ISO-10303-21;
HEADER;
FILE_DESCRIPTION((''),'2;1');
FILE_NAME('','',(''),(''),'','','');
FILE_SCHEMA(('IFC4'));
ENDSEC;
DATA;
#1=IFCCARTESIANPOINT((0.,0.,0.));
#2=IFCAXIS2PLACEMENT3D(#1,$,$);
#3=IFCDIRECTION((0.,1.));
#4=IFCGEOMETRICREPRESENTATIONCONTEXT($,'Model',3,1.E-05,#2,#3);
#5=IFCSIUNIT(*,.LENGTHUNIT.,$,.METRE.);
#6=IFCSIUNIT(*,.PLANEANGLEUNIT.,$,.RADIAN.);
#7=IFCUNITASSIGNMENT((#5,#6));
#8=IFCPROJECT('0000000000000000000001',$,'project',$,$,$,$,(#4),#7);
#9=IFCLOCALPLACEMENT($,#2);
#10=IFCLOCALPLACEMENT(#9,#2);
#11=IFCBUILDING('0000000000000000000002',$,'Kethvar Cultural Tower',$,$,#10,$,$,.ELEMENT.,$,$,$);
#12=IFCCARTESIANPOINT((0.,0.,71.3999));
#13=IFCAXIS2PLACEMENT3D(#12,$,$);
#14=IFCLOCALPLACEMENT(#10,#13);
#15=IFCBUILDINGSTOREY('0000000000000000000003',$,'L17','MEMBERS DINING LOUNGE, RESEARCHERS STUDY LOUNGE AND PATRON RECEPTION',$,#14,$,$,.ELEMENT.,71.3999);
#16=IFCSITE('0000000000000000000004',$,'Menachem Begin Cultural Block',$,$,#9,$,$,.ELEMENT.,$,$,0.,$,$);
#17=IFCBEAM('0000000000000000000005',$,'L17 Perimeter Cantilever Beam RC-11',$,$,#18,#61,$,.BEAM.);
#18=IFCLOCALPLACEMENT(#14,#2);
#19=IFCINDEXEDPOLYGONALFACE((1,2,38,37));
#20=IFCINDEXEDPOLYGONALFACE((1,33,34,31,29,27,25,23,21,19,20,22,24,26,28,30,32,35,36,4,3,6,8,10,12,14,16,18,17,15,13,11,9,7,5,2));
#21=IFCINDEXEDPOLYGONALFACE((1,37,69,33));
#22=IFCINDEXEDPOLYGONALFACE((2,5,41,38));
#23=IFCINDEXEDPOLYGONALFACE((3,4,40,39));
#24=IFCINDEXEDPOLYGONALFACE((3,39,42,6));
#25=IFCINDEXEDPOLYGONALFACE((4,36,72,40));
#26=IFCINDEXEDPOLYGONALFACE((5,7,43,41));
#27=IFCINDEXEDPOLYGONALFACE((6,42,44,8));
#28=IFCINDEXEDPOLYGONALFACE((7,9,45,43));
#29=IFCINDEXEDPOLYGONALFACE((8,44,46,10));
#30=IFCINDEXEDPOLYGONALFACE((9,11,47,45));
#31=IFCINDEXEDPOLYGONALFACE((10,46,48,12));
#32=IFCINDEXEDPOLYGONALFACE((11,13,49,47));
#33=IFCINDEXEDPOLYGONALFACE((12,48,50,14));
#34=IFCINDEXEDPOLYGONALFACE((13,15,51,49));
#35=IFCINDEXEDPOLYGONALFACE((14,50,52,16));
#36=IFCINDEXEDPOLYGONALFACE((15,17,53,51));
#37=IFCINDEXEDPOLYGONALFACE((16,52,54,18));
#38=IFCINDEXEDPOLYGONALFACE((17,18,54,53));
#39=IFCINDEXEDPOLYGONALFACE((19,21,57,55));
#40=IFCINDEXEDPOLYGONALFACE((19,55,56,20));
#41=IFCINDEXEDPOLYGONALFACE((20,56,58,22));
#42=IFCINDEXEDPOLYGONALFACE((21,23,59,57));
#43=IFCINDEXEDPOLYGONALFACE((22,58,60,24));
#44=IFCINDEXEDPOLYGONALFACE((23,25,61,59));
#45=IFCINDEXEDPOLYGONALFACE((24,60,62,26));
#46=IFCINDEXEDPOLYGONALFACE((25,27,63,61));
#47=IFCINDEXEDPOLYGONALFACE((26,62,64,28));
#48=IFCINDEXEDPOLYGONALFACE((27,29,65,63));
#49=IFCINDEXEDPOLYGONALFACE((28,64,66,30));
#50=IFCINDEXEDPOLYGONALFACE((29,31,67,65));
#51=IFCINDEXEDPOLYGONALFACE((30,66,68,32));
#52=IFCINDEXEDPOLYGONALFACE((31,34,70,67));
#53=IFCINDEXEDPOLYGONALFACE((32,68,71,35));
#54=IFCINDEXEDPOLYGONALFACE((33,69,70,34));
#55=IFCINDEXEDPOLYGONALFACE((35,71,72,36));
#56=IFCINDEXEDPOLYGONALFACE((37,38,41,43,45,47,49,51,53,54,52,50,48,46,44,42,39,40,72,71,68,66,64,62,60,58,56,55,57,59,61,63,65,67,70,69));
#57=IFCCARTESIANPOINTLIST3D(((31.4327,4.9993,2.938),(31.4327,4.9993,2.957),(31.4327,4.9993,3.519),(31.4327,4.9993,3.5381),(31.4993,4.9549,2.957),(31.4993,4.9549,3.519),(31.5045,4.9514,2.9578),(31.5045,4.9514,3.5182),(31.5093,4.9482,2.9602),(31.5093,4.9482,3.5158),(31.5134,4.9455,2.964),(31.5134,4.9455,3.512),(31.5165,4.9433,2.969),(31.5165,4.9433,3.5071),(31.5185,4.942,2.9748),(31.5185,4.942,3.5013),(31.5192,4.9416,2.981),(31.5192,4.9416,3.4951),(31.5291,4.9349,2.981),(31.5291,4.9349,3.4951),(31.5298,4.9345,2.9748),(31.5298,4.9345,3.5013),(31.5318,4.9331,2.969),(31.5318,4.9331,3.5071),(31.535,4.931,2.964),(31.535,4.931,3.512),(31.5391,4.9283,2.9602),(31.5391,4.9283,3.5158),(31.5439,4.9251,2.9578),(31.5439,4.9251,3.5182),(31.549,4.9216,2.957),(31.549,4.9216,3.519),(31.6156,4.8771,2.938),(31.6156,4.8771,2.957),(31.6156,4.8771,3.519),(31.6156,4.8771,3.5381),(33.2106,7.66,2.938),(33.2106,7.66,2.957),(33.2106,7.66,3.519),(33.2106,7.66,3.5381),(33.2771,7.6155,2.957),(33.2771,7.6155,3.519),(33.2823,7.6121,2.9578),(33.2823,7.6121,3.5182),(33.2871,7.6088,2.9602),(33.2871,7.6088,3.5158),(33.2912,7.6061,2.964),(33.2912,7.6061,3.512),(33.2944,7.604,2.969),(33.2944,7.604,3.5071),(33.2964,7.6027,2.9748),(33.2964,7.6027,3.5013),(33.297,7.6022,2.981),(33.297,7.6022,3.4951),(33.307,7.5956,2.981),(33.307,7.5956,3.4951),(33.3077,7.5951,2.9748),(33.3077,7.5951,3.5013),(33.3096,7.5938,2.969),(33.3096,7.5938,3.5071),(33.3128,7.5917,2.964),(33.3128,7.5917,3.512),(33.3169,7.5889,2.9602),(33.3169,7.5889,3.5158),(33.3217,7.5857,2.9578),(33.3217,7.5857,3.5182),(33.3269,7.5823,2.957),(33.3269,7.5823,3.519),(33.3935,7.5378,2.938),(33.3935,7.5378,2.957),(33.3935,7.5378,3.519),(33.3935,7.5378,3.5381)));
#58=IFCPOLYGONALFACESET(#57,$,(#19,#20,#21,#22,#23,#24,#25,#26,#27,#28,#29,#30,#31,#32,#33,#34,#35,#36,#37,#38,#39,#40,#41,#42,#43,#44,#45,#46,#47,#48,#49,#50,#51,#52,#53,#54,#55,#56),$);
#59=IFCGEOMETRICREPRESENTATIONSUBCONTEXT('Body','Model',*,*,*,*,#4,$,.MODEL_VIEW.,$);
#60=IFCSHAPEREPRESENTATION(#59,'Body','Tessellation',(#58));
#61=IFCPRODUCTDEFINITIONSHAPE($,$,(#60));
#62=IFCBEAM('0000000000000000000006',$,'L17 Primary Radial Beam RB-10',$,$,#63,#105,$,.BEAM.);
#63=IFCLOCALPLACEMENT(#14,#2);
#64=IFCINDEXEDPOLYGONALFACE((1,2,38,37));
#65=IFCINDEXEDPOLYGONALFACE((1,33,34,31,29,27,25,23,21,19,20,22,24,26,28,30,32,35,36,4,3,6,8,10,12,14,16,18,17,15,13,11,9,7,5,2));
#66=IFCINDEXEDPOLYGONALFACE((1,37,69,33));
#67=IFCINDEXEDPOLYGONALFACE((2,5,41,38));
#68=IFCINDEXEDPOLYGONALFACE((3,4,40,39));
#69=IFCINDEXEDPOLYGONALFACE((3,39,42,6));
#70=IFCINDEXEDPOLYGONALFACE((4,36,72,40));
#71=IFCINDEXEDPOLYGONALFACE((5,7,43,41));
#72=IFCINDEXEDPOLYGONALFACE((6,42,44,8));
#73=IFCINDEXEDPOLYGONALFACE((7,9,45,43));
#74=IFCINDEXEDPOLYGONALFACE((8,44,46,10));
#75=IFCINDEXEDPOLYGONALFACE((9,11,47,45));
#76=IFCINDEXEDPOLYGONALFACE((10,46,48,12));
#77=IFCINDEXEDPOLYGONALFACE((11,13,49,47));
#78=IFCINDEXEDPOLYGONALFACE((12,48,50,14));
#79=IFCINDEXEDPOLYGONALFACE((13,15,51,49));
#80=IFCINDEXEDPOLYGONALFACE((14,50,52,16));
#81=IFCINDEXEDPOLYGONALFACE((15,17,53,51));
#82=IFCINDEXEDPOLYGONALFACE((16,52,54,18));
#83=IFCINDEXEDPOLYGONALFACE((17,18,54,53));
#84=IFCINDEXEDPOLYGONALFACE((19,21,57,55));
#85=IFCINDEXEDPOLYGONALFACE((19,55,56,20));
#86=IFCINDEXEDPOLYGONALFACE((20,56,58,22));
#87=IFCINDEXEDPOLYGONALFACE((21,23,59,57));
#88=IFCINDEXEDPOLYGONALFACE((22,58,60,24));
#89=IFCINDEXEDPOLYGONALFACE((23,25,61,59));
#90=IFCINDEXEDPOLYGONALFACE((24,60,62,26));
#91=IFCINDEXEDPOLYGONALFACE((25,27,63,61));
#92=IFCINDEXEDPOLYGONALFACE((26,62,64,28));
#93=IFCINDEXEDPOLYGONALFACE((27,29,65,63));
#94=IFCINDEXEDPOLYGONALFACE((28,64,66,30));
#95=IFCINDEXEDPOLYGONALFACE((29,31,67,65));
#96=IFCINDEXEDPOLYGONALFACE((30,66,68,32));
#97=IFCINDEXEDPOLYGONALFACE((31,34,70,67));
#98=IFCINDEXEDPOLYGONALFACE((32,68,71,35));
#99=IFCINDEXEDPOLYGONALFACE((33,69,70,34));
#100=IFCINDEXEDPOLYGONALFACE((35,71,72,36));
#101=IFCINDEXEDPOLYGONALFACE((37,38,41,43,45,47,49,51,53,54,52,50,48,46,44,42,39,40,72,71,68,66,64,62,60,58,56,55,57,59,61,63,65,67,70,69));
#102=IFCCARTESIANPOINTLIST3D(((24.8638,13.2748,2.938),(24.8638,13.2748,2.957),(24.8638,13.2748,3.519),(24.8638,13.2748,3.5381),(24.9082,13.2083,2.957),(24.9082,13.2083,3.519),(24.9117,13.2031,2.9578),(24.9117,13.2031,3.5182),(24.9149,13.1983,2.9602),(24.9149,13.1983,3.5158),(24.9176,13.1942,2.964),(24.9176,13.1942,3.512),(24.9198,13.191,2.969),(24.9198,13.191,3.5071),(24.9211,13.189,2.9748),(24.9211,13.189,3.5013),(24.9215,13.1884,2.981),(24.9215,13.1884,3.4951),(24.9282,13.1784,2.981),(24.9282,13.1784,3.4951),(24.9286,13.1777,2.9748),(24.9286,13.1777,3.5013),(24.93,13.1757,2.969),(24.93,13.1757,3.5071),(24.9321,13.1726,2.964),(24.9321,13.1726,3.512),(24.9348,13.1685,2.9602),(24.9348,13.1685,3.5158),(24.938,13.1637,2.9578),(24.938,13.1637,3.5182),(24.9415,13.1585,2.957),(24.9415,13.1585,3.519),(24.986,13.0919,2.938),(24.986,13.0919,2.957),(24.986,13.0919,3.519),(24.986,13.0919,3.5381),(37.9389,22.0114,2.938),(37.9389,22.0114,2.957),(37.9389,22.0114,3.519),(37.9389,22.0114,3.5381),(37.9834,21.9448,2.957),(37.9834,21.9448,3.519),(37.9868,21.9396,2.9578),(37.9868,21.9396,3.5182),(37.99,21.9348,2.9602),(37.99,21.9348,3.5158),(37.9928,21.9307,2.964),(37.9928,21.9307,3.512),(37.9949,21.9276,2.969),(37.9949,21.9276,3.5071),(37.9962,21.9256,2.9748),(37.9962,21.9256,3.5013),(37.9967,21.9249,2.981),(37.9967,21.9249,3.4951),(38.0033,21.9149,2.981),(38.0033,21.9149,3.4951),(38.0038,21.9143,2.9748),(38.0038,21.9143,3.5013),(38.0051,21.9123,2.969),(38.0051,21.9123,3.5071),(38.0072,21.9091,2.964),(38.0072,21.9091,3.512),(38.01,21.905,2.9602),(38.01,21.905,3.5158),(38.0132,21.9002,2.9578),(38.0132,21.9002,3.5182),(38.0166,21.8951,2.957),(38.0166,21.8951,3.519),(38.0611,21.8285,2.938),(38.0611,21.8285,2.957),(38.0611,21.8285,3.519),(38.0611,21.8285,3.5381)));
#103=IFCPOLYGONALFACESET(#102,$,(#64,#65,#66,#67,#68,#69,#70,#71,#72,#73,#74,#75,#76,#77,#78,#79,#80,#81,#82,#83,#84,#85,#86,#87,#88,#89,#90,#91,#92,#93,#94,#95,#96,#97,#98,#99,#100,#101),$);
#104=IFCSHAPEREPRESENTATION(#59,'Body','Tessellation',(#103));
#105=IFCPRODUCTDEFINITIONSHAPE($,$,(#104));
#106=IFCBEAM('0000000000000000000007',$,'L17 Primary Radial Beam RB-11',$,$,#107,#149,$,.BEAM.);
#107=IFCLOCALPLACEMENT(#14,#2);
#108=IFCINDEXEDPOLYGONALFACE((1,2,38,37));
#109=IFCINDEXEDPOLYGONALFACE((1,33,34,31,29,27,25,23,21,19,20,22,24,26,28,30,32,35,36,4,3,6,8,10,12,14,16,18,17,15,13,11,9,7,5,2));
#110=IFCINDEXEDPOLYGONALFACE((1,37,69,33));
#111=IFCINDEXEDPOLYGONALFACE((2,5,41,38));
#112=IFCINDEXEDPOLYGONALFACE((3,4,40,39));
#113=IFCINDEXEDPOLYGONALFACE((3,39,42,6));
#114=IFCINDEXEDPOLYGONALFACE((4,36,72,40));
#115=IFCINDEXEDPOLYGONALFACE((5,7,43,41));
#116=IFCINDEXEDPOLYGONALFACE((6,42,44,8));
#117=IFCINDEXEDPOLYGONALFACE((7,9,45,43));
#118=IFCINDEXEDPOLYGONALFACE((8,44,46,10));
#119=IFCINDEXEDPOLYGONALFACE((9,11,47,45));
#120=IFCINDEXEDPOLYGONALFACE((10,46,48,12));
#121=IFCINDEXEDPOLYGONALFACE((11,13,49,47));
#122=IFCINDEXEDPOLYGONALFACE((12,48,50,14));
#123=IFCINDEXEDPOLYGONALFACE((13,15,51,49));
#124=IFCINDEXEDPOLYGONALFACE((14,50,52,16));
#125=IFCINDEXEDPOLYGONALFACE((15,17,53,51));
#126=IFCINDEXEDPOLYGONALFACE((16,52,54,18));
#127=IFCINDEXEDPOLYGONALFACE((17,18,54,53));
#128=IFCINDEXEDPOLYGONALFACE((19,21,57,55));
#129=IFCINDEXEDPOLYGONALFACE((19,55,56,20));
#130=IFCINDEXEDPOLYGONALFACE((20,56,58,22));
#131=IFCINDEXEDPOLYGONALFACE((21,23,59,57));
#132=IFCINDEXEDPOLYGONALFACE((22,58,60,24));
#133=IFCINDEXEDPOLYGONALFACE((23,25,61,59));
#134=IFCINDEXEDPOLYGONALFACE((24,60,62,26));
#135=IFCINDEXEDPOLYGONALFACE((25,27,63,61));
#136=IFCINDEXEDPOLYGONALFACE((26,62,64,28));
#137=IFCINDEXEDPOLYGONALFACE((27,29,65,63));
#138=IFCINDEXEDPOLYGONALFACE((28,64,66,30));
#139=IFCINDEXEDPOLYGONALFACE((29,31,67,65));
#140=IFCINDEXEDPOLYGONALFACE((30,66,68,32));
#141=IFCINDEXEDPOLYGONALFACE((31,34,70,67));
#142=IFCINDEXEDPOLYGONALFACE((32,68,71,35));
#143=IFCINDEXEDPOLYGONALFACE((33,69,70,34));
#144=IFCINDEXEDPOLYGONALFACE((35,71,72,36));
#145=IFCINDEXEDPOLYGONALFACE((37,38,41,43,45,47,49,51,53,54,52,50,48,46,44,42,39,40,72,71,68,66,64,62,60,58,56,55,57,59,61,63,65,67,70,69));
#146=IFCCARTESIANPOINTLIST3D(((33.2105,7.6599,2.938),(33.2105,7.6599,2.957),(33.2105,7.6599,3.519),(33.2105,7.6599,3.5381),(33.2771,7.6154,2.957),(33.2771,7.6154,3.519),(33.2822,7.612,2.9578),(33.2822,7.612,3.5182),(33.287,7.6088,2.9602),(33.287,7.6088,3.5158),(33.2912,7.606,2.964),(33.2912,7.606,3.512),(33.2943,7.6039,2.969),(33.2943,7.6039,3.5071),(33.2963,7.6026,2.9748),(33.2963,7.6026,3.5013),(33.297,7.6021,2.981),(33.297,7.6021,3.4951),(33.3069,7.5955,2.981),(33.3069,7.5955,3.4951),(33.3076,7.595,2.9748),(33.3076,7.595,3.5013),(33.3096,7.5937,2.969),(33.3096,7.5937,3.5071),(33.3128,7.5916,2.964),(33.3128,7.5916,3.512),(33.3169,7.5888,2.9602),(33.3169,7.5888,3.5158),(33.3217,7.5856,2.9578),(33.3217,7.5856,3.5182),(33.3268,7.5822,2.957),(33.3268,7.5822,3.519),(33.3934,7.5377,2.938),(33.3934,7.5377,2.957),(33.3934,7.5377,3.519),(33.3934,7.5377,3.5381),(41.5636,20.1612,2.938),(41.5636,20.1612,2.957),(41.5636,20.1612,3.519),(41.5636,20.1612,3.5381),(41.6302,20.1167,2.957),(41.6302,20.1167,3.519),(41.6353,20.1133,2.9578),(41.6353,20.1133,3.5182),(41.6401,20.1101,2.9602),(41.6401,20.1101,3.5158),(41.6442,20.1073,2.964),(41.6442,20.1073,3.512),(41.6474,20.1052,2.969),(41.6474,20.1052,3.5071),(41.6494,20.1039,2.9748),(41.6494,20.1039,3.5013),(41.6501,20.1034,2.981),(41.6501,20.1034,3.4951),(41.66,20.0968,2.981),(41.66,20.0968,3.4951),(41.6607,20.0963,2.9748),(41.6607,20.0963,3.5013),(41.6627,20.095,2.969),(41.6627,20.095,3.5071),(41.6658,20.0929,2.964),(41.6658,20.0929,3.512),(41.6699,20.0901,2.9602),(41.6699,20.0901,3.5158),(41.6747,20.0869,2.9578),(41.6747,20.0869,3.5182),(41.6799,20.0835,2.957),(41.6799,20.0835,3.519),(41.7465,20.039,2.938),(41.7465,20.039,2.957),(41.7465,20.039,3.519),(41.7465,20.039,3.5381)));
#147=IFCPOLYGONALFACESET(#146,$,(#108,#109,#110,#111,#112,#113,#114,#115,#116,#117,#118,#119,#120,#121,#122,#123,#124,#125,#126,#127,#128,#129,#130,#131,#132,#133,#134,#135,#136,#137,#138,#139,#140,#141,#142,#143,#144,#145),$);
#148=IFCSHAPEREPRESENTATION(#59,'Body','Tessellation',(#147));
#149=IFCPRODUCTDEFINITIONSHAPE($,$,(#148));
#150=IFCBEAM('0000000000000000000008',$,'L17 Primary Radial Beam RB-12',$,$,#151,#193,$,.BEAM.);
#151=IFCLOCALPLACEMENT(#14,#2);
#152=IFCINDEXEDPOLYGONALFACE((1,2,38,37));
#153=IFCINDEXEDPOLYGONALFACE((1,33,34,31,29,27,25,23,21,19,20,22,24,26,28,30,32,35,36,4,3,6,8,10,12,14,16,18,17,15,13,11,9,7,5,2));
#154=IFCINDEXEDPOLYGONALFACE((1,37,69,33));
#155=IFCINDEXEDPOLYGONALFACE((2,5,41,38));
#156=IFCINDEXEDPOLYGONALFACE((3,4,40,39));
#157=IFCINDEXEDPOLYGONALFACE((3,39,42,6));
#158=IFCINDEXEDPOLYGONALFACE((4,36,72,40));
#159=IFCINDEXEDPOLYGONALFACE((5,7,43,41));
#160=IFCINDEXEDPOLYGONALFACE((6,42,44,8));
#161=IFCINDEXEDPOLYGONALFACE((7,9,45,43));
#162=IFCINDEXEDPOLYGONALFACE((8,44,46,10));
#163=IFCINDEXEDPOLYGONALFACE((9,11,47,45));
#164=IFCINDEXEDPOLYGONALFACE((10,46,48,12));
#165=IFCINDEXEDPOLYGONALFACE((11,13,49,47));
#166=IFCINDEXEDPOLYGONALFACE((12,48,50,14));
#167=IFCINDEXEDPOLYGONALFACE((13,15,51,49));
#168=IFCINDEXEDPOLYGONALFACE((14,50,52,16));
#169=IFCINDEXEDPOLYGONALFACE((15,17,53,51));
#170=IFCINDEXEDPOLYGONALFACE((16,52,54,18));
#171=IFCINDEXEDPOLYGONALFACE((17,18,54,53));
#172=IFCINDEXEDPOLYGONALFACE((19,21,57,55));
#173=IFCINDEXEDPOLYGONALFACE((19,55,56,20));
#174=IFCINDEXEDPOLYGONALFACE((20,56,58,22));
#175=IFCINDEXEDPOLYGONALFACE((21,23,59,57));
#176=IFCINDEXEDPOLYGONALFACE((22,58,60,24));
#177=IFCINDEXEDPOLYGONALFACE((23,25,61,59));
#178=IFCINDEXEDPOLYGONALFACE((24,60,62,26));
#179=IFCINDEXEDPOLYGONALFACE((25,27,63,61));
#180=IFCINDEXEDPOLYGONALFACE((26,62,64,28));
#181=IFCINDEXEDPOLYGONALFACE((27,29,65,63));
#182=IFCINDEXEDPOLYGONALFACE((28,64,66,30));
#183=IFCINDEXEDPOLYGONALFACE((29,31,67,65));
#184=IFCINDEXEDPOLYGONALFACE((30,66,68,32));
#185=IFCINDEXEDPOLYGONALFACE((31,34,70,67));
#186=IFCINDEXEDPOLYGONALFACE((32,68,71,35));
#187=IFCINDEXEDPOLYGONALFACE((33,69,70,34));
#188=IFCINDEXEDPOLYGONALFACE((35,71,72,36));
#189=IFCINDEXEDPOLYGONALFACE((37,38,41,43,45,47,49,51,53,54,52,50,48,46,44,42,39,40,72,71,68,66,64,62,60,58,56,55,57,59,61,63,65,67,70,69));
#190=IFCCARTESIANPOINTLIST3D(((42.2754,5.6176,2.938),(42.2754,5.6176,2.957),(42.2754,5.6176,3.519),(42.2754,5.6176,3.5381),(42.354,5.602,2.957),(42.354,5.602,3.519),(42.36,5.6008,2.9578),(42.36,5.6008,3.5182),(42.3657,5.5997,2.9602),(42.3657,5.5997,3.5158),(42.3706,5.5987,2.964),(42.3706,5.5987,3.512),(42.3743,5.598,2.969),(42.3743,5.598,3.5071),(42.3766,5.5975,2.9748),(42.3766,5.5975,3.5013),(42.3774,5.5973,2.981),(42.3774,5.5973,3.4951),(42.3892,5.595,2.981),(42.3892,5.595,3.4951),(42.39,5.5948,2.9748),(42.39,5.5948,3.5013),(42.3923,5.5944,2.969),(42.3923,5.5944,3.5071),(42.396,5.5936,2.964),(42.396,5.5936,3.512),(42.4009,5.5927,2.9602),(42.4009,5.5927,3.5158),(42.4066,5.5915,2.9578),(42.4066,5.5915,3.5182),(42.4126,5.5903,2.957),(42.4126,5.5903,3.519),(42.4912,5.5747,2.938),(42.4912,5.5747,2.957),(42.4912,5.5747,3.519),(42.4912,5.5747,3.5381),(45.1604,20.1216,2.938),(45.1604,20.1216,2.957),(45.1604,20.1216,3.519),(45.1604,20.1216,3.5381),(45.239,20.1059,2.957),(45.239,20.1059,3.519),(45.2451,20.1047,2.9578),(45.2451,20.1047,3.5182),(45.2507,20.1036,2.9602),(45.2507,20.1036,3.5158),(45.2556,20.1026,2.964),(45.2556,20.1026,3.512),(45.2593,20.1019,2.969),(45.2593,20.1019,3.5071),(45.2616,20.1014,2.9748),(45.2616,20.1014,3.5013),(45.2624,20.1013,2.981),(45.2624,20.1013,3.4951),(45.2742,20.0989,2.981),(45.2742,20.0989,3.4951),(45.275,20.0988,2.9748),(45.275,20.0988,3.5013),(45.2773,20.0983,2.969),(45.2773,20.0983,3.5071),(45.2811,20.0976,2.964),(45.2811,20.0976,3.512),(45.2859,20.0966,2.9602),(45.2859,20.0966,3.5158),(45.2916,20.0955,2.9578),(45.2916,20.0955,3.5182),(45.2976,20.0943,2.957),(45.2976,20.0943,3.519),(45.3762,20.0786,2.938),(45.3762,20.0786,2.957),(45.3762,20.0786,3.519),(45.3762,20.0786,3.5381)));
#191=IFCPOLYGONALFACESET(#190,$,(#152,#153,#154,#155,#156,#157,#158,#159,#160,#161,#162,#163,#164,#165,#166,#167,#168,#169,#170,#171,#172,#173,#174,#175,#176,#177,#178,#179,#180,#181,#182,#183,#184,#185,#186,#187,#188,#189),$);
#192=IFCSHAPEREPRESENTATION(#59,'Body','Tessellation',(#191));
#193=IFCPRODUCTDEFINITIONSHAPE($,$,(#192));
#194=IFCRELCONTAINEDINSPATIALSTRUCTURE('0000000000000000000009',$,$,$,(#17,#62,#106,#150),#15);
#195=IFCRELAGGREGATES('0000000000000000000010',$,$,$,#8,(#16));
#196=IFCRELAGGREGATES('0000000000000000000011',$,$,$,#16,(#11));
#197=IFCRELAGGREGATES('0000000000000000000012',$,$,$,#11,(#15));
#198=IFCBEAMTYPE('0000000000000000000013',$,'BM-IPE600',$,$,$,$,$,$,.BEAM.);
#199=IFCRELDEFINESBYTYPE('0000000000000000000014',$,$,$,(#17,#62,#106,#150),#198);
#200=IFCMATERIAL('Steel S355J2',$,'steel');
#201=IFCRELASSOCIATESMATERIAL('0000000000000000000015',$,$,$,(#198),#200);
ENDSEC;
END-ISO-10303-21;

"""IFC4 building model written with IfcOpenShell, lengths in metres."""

from ifc_helpers import new_model, si_unit, direction, frame, origin, origin_2d, place, context, subcontext, project, spatial, i_section, extrude, source, transform, mapped, material, material_profile, profile_set, type_object, element, save


model = new_model("IFC4")

# Units and contexts
model_context = context("Model", 3, precision=1e-05, world=origin(), true_north=direction((0.0, 1.0)))
body_context = subcontext(model_context, "Body", "Model", "MODEL_VIEW")
ifc_project = project(units=[si_unit("LENGTHUNIT", "METRE"), si_unit("PLANEANGLEUNIT", "RADIAN")], contexts=[model_context])

# Site, building, storey
site_placement = place(None, origin())
site = spatial("IfcSite", under=ifc_project, at=site_placement, Name="Menachem Begin Cultural Block", CompositionType="ELEMENT", RefElevation=0.0)
building_placement = place(site_placement, origin())
building = spatial("IfcBuilding", under=site, at=building_placement, Name="Kethvar Cultural Tower", CompositionType="ELEMENT")
storey_placement = place(building_placement, frame((0.0, 0.0, 71.3999)))
storey = spatial("IfcBuildingStorey", under=building, at=storey_placement, Name="L17", Description="MEMBERS DINING LOUNGE, RESEARCHERS STUDY LOUNGE AND PATRON RECEPTION", CompositionType="ELEMENT", Elevation=71.3999)

# Beams
ifc_material_1 = material(Name="Steel S355J2", Category="steel")
ifc_material_profile_1 = material_profile(ifc_material_1, i_section(OverallWidth=0.22, OverallDepth=0.6001, WebThickness=0.012, FlangeThickness=0.019, FilletRadius=0.0239, at=origin_2d()), Name="Steel S355J2 — IPE600")
ifc_profile_set_1 = profile_set([ifc_material_profile_1], Name="Steel S355J2 — IPE600")
beam_type_1 = type_object("IfcBeamType", Name="BM-IPE600", PredefinedType="BEAM", material=ifc_profile_set_1)
shared_shape_1 = source(origin(), body_context, "Body", "SweptSolid", [
    extrude(i_section(OverallWidth=0.22, OverallDepth=0.6001, WebThickness=0.012, FlangeThickness=0.019, FilletRadius=0.0239, at=origin_2d()), origin(), (0.0, 0.0, 1.0), 3.2),
])
beam_1_placement = place(storey_placement, frame((33.302, 7.5989, 3.238), z_axis=(-0.55558, -0.831463, 0.0), x_axis=(0.831463, -0.55558, 0.0)))
element("IfcBeam", 1, at=beam_1_placement, inside=storey, type_object=beam_type_1, Name="L17 Perimeter Cantilever Beam RC-11", PredefinedType="BEAM", context=body_context, shape_type="MappedRepresentation", body=[
    mapped(shared_shape_1, transform((0.0, 0.0, 0.0), scale=1.0)),
])
shared_shape_2 = source(origin(), body_context, "Body", "SweptSolid", [
    extrude(i_section(OverallWidth=0.22, OverallDepth=0.6001, WebThickness=0.012, FlangeThickness=0.019, FilletRadius=0.0239, at=origin_2d()), origin(), (0.0, 0.0, 1.0), 15.7253),
])
beam_2_placement = place(storey_placement, frame((38.0, 21.9199, 3.238), z_axis=(-0.831469, -0.55557, 0.0), x_axis=(0.55557, -0.831469, 0.0)))
element("IfcBeam", 2, at=beam_2_placement, inside=storey, type_object=beam_type_1, Name="L17 Primary Radial Beam RB-10", PredefinedType="BEAM", context=body_context, shape_type="MappedRepresentation", body=[
    mapped(shared_shape_2, transform((0.0, 0.0, 0.0), scale=1.0)),
])
shared_shape_3 = source(origin(), body_context, "Body", "SweptSolid", [
    extrude(i_section(OverallWidth=0.22, OverallDepth=0.6001, WebThickness=0.012, FlangeThickness=0.019, FilletRadius=0.0239, at=origin_2d()), origin(), (0.0, 0.0, 1.0), 15.0352),
])
beam_3_placement = place(storey_placement, frame((41.655, 20.1001, 3.238), z_axis=(-0.555569, -0.83147, 0.0), x_axis=(0.83147, -0.555569, 0.0)))
element("IfcBeam", 3, at=beam_3_placement, inside=storey, type_object=beam_type_1, Name="L17 Primary Radial Beam RB-11", PredefinedType="BEAM", context=body_context, shape_type="MappedRepresentation", body=[
    mapped(shared_shape_3, transform((0.0, 0.0, 0.0), scale=1.0)),
])
shared_shape_4 = source(origin(), body_context, "Body", "SweptSolid", [
    extrude(i_section(OverallWidth=0.22, OverallDepth=0.6001, WebThickness=0.012, FlangeThickness=0.019, FilletRadius=0.0239, at=origin_2d()), origin(), (0.0, 0.0, 1.0), 14.7881),
])
beam_4_placement = place(storey_placement, frame((45.2683, 20.1001, 3.238), z_axis=(-0.195091, -0.980785, 0.0), x_axis=(0.980785, -0.195091, 0.0)))
element("IfcBeam", 4, at=beam_4_placement, inside=storey, type_object=beam_type_1, Name="L17 Primary Radial Beam RB-12", PredefinedType="BEAM", context=body_context, shape_type="MappedRepresentation", body=[
    mapped(shared_shape_4, transform((0.0, 0.0, 0.0), scale=1.0)),
])

save(model, "model.ifc")
